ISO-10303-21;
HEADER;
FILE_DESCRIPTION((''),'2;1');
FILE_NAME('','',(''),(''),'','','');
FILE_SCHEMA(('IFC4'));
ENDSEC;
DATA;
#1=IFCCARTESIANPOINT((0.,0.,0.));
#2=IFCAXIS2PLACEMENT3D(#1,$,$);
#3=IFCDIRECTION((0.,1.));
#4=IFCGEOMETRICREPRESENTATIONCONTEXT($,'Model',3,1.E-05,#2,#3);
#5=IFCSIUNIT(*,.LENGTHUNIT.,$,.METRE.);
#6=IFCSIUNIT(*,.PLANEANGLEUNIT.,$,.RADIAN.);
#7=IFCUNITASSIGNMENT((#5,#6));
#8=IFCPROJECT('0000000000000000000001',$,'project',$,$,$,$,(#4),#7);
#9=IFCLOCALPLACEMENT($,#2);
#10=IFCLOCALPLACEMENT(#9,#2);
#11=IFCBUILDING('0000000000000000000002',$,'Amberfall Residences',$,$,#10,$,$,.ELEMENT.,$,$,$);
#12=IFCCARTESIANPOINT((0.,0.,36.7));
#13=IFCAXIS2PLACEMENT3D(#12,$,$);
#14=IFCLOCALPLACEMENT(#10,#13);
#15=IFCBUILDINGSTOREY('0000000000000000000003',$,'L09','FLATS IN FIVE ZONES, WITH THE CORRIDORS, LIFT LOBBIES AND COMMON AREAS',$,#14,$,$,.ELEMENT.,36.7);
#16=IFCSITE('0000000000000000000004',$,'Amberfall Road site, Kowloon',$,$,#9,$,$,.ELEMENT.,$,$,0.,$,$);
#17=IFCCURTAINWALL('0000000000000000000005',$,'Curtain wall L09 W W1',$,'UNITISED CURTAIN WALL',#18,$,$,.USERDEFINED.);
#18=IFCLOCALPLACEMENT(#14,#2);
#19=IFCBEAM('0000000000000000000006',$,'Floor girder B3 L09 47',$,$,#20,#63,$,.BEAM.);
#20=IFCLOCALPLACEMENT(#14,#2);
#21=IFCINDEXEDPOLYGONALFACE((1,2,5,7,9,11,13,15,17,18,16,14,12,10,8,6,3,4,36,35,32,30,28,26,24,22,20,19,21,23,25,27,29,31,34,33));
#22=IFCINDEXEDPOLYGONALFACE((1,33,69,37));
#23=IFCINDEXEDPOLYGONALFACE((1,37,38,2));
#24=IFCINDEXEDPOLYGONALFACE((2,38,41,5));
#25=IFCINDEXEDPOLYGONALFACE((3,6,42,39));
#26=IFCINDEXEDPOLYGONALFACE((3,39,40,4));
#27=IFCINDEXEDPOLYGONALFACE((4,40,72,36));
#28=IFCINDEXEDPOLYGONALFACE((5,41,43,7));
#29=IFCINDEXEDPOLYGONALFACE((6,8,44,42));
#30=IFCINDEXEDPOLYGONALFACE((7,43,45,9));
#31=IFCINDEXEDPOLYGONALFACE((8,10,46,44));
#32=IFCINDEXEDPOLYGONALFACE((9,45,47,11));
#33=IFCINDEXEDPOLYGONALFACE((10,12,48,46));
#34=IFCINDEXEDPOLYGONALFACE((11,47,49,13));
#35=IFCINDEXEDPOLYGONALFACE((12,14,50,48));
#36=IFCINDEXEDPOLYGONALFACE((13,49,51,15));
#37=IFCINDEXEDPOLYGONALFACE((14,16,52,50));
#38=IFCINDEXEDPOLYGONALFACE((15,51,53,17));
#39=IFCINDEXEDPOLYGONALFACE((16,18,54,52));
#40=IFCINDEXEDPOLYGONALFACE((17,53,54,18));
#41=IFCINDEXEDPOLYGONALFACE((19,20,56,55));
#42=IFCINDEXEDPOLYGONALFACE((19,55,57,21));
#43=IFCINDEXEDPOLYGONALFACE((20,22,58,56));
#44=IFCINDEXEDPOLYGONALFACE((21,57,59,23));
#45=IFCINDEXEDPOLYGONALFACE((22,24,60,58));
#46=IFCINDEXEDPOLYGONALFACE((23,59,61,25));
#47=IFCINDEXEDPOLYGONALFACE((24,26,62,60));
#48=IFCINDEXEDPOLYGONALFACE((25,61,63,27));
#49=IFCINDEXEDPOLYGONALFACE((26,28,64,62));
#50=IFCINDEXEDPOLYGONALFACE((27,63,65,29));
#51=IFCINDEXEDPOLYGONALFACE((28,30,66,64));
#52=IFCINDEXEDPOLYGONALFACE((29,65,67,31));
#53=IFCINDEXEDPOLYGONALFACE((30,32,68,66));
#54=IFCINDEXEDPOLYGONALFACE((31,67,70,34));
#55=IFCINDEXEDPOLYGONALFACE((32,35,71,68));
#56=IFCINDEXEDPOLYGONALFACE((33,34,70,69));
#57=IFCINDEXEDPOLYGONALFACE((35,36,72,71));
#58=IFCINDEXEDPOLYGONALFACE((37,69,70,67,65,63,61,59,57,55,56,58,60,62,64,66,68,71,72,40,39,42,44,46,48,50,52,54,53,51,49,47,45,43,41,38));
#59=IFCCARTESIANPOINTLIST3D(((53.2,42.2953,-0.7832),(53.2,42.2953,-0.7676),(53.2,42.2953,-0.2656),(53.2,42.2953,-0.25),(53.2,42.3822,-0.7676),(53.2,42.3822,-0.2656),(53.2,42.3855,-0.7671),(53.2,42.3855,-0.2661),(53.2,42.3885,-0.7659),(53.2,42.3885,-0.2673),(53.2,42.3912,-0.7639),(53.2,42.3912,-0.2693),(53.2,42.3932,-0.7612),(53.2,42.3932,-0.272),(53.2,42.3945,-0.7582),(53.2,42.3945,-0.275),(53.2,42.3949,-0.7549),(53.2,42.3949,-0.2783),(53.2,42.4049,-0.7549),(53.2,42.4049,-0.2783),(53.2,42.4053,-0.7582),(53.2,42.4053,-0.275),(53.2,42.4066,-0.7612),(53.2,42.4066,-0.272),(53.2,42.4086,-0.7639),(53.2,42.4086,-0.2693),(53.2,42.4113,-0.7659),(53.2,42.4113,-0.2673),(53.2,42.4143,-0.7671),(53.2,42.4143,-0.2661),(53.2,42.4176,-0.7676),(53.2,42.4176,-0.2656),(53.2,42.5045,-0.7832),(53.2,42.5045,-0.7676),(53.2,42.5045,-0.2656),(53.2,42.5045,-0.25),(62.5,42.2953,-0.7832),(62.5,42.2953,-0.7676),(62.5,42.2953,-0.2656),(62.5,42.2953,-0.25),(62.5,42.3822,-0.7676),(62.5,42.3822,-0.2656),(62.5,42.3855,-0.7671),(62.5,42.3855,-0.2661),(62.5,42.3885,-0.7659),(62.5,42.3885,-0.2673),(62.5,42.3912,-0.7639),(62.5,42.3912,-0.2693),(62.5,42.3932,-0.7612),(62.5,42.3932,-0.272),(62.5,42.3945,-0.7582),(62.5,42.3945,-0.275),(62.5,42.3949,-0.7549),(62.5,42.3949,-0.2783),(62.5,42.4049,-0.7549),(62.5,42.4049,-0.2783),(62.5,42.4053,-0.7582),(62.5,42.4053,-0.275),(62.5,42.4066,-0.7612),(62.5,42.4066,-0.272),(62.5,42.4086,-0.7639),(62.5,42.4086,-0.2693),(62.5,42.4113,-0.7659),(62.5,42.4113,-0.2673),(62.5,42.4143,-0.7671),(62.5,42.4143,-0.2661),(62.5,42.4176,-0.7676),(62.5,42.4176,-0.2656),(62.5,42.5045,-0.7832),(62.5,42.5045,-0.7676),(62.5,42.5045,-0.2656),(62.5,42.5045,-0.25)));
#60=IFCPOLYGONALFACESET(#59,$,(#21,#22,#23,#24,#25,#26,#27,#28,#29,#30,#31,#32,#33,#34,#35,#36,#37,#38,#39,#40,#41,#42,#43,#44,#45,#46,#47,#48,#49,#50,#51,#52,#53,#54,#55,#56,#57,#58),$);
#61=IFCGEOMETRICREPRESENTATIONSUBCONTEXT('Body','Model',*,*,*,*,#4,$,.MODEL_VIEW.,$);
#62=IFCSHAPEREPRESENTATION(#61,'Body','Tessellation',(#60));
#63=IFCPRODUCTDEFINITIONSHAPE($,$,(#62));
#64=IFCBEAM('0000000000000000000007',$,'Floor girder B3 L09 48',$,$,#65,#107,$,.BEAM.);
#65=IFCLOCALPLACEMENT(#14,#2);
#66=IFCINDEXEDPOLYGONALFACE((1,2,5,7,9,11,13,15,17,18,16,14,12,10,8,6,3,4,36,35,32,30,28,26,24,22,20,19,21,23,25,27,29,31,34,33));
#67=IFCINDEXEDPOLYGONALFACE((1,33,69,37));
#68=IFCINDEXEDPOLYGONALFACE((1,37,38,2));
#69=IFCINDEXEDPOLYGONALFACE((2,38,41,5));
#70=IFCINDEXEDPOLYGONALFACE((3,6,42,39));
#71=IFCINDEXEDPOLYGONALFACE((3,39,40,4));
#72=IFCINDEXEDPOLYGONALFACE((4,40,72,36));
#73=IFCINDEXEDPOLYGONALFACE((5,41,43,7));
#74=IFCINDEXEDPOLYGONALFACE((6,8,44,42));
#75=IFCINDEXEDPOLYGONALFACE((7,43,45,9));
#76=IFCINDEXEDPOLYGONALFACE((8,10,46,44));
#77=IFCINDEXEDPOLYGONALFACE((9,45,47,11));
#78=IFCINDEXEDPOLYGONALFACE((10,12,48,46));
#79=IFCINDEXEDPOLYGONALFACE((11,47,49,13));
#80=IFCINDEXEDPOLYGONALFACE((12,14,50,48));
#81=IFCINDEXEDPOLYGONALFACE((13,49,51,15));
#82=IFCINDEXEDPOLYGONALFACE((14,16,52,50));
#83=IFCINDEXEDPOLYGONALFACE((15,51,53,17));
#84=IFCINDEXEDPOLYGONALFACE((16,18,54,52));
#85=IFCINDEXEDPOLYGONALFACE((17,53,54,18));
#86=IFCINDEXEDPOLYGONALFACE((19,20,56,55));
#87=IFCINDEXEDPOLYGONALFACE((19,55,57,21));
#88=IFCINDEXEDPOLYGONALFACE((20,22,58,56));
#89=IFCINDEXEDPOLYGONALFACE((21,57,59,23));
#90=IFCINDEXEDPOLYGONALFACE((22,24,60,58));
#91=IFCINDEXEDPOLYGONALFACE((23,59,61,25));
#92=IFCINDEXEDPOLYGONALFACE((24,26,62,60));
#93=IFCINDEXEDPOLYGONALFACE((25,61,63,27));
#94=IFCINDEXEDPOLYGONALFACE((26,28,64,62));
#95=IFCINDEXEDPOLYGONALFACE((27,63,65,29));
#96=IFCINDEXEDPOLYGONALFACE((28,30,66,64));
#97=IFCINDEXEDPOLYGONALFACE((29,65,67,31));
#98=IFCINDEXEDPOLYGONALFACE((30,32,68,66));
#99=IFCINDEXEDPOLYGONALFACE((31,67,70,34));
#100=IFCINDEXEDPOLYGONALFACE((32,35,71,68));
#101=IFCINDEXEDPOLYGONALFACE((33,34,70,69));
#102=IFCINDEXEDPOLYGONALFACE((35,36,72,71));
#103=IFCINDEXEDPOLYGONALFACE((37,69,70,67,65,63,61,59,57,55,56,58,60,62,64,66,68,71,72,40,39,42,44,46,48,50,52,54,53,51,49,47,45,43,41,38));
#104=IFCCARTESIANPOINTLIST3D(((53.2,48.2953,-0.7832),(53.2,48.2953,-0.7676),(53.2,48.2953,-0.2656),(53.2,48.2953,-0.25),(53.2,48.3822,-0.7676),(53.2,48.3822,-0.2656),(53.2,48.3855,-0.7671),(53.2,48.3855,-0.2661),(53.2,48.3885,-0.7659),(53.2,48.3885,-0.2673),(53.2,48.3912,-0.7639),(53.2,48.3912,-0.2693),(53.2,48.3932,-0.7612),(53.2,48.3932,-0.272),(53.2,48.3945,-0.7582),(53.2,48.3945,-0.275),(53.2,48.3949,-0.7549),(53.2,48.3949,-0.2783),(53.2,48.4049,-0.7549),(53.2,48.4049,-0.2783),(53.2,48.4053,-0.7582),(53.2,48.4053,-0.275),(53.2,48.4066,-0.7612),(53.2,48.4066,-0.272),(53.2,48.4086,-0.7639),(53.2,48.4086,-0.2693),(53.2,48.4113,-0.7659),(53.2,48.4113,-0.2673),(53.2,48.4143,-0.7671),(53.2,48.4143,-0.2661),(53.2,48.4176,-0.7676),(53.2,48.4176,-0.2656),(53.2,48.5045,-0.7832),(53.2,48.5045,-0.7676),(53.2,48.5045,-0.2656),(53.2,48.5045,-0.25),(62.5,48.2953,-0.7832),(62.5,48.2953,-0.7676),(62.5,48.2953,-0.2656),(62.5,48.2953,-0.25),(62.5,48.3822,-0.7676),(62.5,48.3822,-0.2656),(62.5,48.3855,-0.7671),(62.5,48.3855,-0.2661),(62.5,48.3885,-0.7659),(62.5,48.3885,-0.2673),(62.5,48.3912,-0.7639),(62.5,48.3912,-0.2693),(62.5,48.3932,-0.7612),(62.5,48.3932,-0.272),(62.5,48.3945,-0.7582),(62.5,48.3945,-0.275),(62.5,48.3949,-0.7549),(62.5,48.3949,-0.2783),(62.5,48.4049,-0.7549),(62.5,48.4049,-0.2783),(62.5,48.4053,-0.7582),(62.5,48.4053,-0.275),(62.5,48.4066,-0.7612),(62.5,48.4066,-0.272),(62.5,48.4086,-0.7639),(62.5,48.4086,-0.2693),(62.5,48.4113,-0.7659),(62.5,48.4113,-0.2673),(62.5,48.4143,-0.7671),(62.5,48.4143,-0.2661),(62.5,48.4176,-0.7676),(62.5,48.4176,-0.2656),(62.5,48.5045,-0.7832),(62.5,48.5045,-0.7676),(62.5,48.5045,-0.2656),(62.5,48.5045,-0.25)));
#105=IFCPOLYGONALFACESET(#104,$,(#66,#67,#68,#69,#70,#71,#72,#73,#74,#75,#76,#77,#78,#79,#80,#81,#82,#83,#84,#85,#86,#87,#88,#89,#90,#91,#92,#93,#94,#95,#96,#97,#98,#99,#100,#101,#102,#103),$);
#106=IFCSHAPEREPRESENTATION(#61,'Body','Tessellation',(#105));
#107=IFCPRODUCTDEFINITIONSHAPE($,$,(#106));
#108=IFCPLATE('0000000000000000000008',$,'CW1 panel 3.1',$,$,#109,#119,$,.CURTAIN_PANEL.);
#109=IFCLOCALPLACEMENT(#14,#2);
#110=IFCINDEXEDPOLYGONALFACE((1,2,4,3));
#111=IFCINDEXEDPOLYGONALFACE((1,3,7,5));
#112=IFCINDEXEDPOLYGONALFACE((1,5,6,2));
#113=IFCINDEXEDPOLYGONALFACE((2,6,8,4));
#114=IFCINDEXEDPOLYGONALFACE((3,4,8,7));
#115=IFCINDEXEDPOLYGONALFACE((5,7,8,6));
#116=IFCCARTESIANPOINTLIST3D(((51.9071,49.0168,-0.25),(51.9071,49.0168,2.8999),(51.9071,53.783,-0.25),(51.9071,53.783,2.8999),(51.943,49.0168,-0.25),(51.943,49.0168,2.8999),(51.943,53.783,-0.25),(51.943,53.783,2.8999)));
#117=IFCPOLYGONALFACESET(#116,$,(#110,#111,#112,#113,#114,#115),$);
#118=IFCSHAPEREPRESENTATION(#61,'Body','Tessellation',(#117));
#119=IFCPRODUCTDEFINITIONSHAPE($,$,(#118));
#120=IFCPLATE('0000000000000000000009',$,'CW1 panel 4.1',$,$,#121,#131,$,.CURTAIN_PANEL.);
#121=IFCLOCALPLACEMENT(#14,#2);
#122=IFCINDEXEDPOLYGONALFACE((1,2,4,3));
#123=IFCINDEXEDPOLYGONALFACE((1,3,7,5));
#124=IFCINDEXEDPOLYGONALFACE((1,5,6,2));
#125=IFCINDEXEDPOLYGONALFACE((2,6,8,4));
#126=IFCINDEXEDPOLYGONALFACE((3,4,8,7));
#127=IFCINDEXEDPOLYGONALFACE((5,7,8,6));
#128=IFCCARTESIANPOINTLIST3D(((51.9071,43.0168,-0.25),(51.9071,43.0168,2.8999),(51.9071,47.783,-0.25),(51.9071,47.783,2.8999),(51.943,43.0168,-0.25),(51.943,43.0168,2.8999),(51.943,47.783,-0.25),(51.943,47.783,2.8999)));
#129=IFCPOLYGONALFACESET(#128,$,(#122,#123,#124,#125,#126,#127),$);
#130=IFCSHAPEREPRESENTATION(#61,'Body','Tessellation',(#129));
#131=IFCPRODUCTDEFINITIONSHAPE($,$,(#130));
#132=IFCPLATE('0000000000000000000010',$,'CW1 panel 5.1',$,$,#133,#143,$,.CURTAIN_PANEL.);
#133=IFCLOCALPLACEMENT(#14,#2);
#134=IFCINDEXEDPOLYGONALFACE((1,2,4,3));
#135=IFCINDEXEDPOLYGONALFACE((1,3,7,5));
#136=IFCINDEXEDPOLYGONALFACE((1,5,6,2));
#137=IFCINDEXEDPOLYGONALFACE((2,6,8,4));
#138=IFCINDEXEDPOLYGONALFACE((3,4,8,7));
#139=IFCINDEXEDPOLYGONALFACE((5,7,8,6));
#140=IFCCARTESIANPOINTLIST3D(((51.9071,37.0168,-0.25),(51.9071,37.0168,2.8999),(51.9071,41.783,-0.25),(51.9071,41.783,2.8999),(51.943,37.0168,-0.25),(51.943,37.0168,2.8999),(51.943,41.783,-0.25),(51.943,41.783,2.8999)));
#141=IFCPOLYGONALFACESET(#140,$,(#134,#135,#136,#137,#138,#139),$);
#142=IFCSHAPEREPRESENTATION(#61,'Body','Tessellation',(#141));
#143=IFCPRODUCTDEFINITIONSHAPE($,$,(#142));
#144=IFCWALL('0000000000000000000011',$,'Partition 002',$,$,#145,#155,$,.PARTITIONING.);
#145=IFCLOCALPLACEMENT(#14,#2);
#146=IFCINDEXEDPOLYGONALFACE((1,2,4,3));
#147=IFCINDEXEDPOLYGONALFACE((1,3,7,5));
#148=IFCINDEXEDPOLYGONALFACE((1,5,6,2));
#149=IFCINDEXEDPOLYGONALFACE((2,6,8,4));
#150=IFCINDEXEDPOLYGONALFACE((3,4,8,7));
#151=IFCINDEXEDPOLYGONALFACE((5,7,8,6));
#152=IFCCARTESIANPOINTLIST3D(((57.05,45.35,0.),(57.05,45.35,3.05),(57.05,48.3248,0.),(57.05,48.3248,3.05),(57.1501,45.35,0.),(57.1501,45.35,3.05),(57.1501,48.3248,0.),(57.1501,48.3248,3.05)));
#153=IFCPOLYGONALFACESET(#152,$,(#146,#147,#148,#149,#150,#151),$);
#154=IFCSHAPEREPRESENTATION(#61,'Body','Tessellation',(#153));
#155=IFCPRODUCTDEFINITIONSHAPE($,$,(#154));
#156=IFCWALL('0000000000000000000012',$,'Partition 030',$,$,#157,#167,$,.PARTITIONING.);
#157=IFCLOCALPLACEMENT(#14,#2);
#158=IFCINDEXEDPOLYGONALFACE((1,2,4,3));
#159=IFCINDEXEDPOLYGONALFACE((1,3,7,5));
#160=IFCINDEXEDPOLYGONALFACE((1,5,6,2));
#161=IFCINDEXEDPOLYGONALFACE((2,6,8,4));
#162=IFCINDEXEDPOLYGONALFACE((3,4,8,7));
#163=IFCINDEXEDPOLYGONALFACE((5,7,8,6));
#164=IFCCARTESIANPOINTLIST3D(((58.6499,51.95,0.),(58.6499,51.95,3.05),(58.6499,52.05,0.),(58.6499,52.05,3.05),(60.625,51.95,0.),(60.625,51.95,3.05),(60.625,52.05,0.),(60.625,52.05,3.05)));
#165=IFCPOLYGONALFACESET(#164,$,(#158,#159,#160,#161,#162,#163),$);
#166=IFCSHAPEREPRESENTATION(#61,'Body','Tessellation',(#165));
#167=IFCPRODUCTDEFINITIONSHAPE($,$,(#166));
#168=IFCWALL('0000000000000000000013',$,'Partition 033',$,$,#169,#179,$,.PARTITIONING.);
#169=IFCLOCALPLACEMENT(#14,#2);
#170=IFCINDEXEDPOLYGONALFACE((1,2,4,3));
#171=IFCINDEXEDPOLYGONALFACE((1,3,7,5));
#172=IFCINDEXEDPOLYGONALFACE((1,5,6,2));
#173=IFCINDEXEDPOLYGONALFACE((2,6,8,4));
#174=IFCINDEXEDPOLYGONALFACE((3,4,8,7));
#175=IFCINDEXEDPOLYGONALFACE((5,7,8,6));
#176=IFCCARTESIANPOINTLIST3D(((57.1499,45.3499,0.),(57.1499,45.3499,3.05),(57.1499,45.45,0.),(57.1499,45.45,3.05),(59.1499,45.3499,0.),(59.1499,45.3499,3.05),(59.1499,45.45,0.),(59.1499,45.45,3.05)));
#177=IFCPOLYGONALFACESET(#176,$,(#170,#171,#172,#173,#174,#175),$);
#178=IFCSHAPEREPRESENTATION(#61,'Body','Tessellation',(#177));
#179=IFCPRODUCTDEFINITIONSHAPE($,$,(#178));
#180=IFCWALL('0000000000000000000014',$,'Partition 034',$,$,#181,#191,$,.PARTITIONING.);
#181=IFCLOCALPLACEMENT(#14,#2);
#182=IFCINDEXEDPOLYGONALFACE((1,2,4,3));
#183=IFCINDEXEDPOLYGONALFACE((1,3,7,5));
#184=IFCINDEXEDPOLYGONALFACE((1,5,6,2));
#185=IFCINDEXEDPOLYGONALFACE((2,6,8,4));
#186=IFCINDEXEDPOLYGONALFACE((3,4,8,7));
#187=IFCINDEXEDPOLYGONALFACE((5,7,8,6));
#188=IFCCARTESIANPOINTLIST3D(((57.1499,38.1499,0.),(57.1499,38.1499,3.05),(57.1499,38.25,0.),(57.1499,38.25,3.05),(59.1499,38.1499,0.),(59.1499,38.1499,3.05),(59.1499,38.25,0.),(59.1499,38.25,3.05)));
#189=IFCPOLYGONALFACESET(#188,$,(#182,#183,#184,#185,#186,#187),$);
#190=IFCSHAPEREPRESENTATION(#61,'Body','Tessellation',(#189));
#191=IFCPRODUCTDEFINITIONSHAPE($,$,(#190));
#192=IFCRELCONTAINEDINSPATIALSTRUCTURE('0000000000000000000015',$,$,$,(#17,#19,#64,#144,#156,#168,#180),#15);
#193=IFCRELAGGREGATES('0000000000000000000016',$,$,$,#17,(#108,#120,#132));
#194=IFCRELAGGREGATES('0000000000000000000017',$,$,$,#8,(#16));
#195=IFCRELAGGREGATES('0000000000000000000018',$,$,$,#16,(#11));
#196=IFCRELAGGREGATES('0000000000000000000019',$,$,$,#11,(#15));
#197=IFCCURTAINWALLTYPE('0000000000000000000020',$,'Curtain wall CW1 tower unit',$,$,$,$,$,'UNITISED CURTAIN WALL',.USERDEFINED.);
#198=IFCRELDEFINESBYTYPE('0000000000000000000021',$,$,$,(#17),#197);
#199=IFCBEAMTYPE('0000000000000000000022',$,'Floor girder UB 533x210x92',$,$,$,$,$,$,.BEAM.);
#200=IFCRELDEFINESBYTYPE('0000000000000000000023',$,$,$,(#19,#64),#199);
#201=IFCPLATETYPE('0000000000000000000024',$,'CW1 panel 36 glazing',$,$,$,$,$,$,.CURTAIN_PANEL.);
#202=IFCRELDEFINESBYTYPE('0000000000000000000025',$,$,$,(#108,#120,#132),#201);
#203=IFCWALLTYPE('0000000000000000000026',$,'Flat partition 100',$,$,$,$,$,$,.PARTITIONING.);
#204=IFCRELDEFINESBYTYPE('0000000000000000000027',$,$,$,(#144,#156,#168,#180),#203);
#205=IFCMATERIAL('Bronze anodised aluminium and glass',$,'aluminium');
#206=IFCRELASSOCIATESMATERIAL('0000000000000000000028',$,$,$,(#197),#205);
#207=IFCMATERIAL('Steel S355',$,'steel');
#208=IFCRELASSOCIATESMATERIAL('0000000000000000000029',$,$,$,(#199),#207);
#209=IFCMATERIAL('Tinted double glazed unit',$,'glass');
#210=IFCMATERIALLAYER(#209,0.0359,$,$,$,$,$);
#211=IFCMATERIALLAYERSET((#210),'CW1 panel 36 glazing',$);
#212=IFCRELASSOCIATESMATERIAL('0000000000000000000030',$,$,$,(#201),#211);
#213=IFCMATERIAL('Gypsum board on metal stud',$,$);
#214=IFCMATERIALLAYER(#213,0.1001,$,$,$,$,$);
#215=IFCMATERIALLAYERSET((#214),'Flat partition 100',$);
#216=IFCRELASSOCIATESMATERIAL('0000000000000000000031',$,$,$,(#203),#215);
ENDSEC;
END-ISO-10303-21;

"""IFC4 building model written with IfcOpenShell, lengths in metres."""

from ifc_helpers import new_model, si_unit, direction, frame, frame_2d, origin, origin_2d, place, context, subcontext, project, spatial, rectangle, i_section, extrude, material, layer, layer_set, material_profile, profile_set, type_object, element, aggregate, save


model = new_model("IFC4")

# Units and contexts
model_context = context("Model", 3, precision=1e-05, world=origin(), true_north=direction((0.0, 1.0)))
body_context = subcontext(model_context, "Body", "Model", "MODEL_VIEW")
ifc_project = project(units=[si_unit("LENGTHUNIT", "METRE"), si_unit("PLANEANGLEUNIT", "RADIAN")], contexts=[model_context])

# Site, building, storey
site_placement = place(None, origin())
site = spatial("IfcSite", under=ifc_project, at=site_placement, Name="Amberfall Road site, Kowloon", CompositionType="ELEMENT", RefElevation=0.0)
building_placement = place(site_placement, origin())
building = spatial("IfcBuilding", under=site, at=building_placement, Name="Amberfall Residences", CompositionType="ELEMENT")
storey_placement = place(building_placement, frame((0.0, 0.0, 36.7)))
storey = spatial("IfcBuildingStorey", under=building, at=storey_placement, Name="L09", Description="FLATS IN FIVE ZONES, WITH THE CORRIDORS, LIFT LOBBIES AND COMMON AREAS", CompositionType="ELEMENT", Elevation=36.7)

# Curtain wall
ifc_material_1 = material(Name="Bronze anodised aluminium and glass", Category="aluminium")
curtain_wall_type = type_object("IfcCurtainWallType", Name="Curtain wall CW1 tower unit", ElementType="UNITISED CURTAIN WALL", PredefinedType="USERDEFINED", material=ifc_material_1)
curtain_wall_placement = place(storey_placement, origin())
curtain_wall = element("IfcCurtainWall", 1, at=curtain_wall_placement, inside=storey, type_object=curtain_wall_type, Name="Curtain wall L09 W W1", ObjectType="UNITISED CURTAIN WALL", PredefinedType="USERDEFINED")

# Shared definitions
ifc_material_2 = material(Name="Steel S355", Category="steel")

# Beams
ifc_material_profile_1 = material_profile(ifc_material_2, i_section(OverallWidth=0.2092, OverallDepth=0.5332, WebThickness=0.01, FlangeThickness=0.0156, FilletRadius=0.0127, at=origin_2d()), Name="UB 533x210x92")
ifc_profile_set_1 = profile_set([ifc_material_profile_1], Name="Steel S355")
beam_type_1 = type_object("IfcBeamType", Name="Floor girder UB 533x210x92", PredefinedType="BEAM", material=ifc_profile_set_1)
for number, where, z_axis, x_axis, name in (
    (2, (53.2, 42.3999, -0.5166), (1.0, 0.0, 0.0), (0.0, 1.0, 0.0), "Floor girder B3 L09 47"),
    (3, (53.2, 48.3999, -0.5166), (1.0, 0.0, 0.0), (0.0, 1.0, 0.0), "Floor girder B3 L09 48"),
):
    element("IfcBeam", number, at=place(storey_placement, frame(where, z_axis=z_axis, x_axis=x_axis)), inside=storey, type_object=beam_type_1, Name=name, PredefinedType="BEAM", context=body_context, shape_type="SweptSolid", body=[
        extrude(i_section(OverallWidth=0.2092, OverallDepth=0.5332, WebThickness=0.01, FlangeThickness=0.0156, FilletRadius=0.0127, at=origin_2d()), origin(), (0.0, 0.0, 1.0), 9.3),
    ])

# Plates
ifc_material_3 = material(Name="Tinted double glazed unit", Category="glass")
ifc_layer_1 = layer(ifc_material_3, 0.0359)
ifc_layer_set_1 = layer_set([ifc_layer_1], Name="CW1 panel 36 glazing")
plate_type = type_object("IfcPlateType", Name="CW1 panel 36 glazing", PredefinedType="CURTAIN_PANEL", material=ifc_layer_set_1)
plate_1_placement = place(storey_placement, frame((51.925, 51.3999, -0.25), z_axis=(0.0, 0.0, 1.0), x_axis=(0.0, -1.0, 0.0)))
plate_1 = element("IfcPlate", 4, at=plate_1_placement, type_object=plate_type, Name="CW1 panel 3.1", PredefinedType="CURTAIN_PANEL", context=body_context, shape_type="SweptSolid", body=[
    extrude(rectangle(XDim=4.7661, YDim=0.0359, at=origin_2d()), origin(), (0.0, 0.0, 1.0), 3.1499),
])
plate_2_placement = place(storey_placement, frame((51.925, 45.3999, -0.25), z_axis=(0.0, 0.0, 1.0), x_axis=(0.0, -1.0, 0.0)))
plate_2 = element("IfcPlate", 5, at=plate_2_placement, type_object=plate_type, Name="CW1 panel 4.1", PredefinedType="CURTAIN_PANEL", context=body_context, shape_type="SweptSolid", body=[
    extrude(rectangle(XDim=4.7661, YDim=0.0359, at=origin_2d()), origin(), (0.0, 0.0, 1.0), 3.1499),
])
plate_3_placement = place(storey_placement, frame((51.925, 39.3999, -0.25), z_axis=(0.0, 0.0, 1.0), x_axis=(0.0, -1.0, 0.0)))
plate_3 = element("IfcPlate", 6, at=plate_3_placement, type_object=plate_type, Name="CW1 panel 5.1", PredefinedType="CURTAIN_PANEL", context=body_context, shape_type="SweptSolid", body=[
    extrude(rectangle(XDim=4.7661, YDim=0.0359, at=origin_2d()), origin(), (0.0, 0.0, 1.0), 3.1499),
])
aggregate(curtain_wall, [plate_1, plate_2, plate_3])

# Walls
ifc_material_4 = material(Name="Gypsum board on metal stud")
ifc_layer_2 = layer(ifc_material_4, 0.1001)
ifc_layer_set_2 = layer_set([ifc_layer_2], Name="Flat partition 100")
wall_type_1 = type_object("IfcWallType", Name="Flat partition 100", PredefinedType="PARTITIONING", material=ifc_layer_set_2)
wall_1_placement = place(storey_placement, frame((57.1001, 45.3501, 0.0), z_axis=(0.0, 0.0, 1.0), x_axis=(0.0, 1.0, 0.0)))
element("IfcWall", 7, at=wall_1_placement, inside=storey, type_object=wall_type_1, Name="Partition 002", PredefinedType="PARTITIONING", context=body_context, shape_type="SweptSolid", body=[
    extrude(rectangle(XDim=2.9749, YDim=0.1001, at=frame_2d((1.4873, 0.0))), origin(), (0.0, 0.0, 1.0), 3.05),
])
wall_2_placement = place(storey_placement, frame((58.6499, 52.0, 0.0), z_axis=(0.0, 0.0, 1.0), x_axis=(1.0, 0.0, 0.0)))
element("IfcWall", 8, at=wall_2_placement, inside=storey, type_object=wall_type_1, Name="Partition 030", PredefinedType="PARTITIONING", context=body_context, shape_type="SweptSolid", body=[
    extrude(rectangle(XDim=1.9751, YDim=0.1001, at=frame_2d((0.9875, 0.0))), origin(), (0.0, 0.0, 1.0), 3.05),
])
for number, where, z_axis, x_axis, name in (
    (9, (57.1499, 45.3999, 0.0), (0.0, 0.0, 1.0), (1.0, 0.0, 0.0), "Partition 033"),
    (10, (57.1499, 38.2, 0.0), (0.0, 0.0, 1.0), (1.0, 0.0, 0.0), "Partition 034"),
):
    element("IfcWall", number, at=place(storey_placement, frame(where, z_axis=z_axis, x_axis=x_axis)), inside=storey, type_object=wall_type_1, Name=name, PredefinedType="PARTITIONING", context=body_context, shape_type="SweptSolid", body=[
        extrude(rectangle(XDim=2.0, YDim=0.1001, at=frame_2d((1.0, 0.0))), origin(), (0.0, 0.0, 1.0), 3.05),
    ])

save(model, "model.ifc")
